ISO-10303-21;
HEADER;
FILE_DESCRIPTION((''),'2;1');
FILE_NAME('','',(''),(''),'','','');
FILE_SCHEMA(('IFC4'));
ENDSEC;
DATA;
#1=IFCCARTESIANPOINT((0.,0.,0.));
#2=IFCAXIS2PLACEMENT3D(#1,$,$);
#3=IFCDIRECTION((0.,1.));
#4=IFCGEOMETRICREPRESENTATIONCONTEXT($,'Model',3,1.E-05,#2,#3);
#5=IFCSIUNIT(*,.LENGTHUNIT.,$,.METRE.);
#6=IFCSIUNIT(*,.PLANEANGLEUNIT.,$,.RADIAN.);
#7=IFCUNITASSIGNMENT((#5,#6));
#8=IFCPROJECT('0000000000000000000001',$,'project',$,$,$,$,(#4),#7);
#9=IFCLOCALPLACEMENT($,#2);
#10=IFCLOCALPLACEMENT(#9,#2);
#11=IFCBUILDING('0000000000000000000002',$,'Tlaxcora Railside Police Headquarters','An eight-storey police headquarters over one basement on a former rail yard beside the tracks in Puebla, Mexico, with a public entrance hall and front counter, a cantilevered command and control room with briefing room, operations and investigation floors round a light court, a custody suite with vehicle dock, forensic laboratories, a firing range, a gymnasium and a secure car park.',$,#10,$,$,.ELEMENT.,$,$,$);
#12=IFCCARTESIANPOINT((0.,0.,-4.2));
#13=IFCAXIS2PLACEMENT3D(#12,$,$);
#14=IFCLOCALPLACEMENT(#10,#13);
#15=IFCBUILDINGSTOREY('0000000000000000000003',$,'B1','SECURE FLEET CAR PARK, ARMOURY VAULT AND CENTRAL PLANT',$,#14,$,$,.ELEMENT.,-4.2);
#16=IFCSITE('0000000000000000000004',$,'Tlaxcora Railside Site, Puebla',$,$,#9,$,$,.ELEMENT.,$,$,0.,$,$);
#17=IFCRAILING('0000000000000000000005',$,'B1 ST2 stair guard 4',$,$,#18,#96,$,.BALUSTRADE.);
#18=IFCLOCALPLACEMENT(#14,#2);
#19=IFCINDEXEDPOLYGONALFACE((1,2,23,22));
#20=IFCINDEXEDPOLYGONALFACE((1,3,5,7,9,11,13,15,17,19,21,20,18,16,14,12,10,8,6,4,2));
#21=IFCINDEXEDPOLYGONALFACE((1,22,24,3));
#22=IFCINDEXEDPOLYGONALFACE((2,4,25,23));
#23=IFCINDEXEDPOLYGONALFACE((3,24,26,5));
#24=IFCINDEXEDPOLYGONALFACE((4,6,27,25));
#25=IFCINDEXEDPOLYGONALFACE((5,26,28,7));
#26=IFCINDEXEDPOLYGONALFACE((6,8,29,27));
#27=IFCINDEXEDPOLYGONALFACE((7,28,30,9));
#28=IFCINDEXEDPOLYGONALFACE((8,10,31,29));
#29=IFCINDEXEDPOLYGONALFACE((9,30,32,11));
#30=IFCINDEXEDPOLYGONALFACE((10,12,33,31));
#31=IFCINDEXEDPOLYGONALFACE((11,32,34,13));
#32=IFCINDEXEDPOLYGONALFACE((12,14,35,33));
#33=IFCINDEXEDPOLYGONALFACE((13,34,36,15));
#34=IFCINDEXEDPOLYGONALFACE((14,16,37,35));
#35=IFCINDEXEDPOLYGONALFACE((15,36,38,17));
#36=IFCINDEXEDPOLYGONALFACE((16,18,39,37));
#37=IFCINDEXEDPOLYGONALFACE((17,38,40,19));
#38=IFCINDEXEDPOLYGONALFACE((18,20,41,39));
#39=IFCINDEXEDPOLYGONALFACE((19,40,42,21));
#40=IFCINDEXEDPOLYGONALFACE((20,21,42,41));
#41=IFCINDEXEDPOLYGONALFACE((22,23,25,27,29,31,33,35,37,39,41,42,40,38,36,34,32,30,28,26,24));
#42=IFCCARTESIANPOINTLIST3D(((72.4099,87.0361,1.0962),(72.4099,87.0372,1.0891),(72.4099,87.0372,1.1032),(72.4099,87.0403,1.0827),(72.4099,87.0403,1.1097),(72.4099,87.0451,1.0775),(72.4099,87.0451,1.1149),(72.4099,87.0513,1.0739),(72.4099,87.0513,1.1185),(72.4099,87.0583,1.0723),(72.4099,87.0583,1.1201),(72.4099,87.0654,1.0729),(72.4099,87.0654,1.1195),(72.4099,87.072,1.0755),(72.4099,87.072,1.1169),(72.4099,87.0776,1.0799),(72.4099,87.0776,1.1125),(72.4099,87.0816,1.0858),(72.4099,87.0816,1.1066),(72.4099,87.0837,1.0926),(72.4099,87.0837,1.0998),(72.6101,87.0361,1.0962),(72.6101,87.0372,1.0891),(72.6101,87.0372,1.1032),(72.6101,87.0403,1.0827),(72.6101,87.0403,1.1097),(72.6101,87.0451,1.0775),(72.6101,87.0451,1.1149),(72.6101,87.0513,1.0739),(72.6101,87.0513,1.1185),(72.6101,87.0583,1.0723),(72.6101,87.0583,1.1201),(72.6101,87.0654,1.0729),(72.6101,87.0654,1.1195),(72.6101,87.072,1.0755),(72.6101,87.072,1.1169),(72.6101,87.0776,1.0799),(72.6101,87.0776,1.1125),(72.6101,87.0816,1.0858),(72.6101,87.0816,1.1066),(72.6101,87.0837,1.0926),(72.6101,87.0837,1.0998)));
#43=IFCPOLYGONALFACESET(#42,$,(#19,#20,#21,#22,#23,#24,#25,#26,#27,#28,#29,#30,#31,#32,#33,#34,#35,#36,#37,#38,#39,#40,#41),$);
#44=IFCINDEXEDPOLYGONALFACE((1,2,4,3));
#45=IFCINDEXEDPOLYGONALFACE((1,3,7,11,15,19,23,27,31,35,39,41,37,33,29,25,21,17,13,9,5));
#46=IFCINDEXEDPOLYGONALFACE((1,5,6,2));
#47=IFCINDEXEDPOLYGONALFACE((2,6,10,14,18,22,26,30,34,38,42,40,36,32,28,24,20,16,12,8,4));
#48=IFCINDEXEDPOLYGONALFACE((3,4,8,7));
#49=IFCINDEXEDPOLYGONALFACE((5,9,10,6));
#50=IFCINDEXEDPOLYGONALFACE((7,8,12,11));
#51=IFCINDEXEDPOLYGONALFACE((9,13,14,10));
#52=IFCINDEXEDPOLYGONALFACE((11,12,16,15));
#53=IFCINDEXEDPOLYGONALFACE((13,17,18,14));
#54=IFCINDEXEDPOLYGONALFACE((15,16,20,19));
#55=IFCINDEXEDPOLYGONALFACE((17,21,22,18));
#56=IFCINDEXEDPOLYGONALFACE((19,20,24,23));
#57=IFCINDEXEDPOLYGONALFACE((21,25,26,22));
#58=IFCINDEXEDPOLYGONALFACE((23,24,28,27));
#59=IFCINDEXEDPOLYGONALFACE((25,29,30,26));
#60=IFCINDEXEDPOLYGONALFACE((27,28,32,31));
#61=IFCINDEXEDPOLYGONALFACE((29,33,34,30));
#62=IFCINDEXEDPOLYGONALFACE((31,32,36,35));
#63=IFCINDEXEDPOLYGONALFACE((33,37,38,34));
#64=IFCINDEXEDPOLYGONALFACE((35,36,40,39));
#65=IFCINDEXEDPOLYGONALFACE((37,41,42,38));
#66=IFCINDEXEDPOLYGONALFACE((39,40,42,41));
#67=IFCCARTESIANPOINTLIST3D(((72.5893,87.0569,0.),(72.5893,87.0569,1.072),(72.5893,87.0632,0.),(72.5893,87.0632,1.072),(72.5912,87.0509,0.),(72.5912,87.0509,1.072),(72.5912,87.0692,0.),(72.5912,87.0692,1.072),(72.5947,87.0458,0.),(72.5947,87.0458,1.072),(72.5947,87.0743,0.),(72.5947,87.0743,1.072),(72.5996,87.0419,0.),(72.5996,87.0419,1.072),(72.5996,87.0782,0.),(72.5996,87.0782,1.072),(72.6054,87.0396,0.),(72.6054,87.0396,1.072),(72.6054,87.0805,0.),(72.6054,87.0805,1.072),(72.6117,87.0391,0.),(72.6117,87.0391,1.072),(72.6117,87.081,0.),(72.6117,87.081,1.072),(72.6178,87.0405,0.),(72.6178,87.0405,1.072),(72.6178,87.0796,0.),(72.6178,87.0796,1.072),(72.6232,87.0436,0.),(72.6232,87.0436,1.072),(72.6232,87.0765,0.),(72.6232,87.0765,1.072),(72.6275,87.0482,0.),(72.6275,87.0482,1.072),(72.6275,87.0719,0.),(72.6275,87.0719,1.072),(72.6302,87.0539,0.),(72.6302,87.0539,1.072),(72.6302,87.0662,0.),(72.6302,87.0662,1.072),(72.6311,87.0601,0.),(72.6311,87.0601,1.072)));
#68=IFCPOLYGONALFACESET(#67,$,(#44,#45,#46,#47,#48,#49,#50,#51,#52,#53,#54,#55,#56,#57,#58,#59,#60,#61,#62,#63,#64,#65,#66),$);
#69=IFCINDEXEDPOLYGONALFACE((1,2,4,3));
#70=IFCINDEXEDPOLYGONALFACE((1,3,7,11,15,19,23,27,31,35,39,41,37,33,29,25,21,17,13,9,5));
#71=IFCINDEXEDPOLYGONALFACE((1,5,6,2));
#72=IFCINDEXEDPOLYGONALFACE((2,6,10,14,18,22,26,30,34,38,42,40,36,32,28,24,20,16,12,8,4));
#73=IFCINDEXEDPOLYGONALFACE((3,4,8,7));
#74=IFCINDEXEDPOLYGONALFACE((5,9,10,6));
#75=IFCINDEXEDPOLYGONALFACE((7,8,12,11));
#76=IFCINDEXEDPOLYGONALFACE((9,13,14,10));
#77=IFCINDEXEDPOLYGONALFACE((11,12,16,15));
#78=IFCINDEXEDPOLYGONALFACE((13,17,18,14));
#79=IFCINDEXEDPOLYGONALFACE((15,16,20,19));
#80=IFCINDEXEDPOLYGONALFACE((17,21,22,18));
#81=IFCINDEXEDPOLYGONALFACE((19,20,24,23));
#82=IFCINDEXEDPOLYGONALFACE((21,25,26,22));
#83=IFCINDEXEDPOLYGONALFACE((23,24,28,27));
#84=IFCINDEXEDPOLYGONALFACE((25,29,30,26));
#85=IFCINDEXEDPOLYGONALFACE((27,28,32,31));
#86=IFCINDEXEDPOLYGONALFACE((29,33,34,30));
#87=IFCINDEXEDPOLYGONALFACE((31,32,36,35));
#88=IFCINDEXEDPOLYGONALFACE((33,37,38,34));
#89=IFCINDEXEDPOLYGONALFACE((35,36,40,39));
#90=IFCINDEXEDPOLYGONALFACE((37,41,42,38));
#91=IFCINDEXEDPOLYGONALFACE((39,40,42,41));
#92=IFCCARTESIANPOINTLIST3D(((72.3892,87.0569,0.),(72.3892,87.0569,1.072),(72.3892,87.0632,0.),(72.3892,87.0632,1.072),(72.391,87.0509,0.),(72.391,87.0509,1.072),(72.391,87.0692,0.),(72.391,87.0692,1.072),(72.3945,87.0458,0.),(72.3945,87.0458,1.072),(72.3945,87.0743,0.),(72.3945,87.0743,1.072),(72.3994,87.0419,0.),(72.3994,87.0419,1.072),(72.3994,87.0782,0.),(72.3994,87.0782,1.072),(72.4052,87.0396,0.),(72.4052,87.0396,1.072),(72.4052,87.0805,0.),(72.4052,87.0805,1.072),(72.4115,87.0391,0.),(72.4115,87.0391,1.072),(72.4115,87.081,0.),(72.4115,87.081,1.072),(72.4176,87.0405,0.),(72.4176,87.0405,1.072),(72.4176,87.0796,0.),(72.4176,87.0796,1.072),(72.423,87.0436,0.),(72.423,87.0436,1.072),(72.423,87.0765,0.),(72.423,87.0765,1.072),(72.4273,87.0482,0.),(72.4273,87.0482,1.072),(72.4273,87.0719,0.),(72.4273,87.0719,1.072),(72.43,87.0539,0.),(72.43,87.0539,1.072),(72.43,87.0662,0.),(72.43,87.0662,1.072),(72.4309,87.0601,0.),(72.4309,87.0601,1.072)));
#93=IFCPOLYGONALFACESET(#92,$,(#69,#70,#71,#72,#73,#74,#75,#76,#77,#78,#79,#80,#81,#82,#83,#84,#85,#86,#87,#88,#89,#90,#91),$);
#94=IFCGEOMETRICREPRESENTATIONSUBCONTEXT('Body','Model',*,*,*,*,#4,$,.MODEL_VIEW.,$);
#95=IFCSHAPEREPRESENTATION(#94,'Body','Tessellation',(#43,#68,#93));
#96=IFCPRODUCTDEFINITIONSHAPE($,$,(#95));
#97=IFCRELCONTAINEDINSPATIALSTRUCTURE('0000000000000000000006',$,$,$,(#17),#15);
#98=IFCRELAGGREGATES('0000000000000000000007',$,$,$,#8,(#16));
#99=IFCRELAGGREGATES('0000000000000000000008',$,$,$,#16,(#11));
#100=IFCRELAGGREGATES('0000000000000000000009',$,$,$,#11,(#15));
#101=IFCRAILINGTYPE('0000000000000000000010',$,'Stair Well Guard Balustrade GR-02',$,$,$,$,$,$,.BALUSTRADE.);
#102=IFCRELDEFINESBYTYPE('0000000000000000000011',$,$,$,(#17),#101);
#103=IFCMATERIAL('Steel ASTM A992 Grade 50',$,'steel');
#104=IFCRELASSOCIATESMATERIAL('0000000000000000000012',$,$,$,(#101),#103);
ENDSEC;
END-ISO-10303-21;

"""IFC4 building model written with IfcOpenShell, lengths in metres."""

from ifc_helpers import new_model, si_unit, direction, frame, origin, origin_2d, place, context, subcontext, project, spatial, circle, extrude, material, type_object, element, save


model = new_model("IFC4")

# Units and contexts
model_context = context("Model", 3, precision=1e-05, world=origin(), true_north=direction((0.0, 1.0)))
body_context = subcontext(model_context, "Body", "Model", "MODEL_VIEW")
ifc_project = project(units=[si_unit("LENGTHUNIT", "METRE"), si_unit("PLANEANGLEUNIT", "RADIAN")], contexts=[model_context])

# Site, building, storey
site_placement = place(None, origin())
site = spatial("IfcSite", under=ifc_project, at=site_placement, Name="Tlaxcora Railside Site, Puebla", CompositionType="ELEMENT", RefElevation=0.0)
building_placement = place(site_placement, origin())
building = spatial("IfcBuilding", under=site, at=building_placement, Name="Tlaxcora Railside Police Headquarters", Description="An eight-storey police headquarters over one basement on a former rail yard beside the tracks in Puebla, Mexico, with a public entrance hall and front counter, a cantilevered command and control room with briefing room, operations and investigation floors round a light court, a custody suite with vehicle dock, forensic laboratories, a firing range, a gymnasium and a secure car park.", CompositionType="ELEMENT")
storey_placement = place(building_placement, frame((0.0, 0.0, -4.2)))
storey = spatial("IfcBuildingStorey", under=building, at=storey_placement, Name="B1", Description="SECURE FLEET CAR PARK, ARMOURY VAULT AND CENTRAL PLANT", CompositionType="ELEMENT", Elevation=-4.2)

# Shared definitions
ifc_material_1 = material(Name="Steel ASTM A992 Grade 50", Category="steel")

# Railing
railing_type_1 = type_object("IfcRailingType", Name="Stair Well Guard Balustrade GR-02", PredefinedType="BALUSTRADE", material=ifc_material_1)
railing_1_placement = place(storey_placement, frame((72.6101, 87.0601, 0.0)))
element("IfcRailing", 1, at=railing_1_placement, inside=storey, type_object=railing_type_1, Name="B1 ST2 stair guard 4", PredefinedType="BALUSTRADE", context=body_context, shape_type="SweptSolid", body=[
    extrude(circle(Radius=0.0239, at=origin_2d()), frame((0.0, 0.0, 1.0962), z_axis=(-1.0, 0.0, 0.0), x_axis=(0.0, -1.0, 0.0)), (0.0, 0.0, 1.0), 0.2002),
    extrude(circle(Radius=0.021, at=origin_2d()), origin(), (0.0, 0.0, 1.0), 1.072),
    extrude(circle(Radius=0.021, at=origin_2d()), frame((-0.2002, 0.0, 0.0)), (0.0, 0.0, 1.0), 1.072),
])

save(model, "model.ifc")
